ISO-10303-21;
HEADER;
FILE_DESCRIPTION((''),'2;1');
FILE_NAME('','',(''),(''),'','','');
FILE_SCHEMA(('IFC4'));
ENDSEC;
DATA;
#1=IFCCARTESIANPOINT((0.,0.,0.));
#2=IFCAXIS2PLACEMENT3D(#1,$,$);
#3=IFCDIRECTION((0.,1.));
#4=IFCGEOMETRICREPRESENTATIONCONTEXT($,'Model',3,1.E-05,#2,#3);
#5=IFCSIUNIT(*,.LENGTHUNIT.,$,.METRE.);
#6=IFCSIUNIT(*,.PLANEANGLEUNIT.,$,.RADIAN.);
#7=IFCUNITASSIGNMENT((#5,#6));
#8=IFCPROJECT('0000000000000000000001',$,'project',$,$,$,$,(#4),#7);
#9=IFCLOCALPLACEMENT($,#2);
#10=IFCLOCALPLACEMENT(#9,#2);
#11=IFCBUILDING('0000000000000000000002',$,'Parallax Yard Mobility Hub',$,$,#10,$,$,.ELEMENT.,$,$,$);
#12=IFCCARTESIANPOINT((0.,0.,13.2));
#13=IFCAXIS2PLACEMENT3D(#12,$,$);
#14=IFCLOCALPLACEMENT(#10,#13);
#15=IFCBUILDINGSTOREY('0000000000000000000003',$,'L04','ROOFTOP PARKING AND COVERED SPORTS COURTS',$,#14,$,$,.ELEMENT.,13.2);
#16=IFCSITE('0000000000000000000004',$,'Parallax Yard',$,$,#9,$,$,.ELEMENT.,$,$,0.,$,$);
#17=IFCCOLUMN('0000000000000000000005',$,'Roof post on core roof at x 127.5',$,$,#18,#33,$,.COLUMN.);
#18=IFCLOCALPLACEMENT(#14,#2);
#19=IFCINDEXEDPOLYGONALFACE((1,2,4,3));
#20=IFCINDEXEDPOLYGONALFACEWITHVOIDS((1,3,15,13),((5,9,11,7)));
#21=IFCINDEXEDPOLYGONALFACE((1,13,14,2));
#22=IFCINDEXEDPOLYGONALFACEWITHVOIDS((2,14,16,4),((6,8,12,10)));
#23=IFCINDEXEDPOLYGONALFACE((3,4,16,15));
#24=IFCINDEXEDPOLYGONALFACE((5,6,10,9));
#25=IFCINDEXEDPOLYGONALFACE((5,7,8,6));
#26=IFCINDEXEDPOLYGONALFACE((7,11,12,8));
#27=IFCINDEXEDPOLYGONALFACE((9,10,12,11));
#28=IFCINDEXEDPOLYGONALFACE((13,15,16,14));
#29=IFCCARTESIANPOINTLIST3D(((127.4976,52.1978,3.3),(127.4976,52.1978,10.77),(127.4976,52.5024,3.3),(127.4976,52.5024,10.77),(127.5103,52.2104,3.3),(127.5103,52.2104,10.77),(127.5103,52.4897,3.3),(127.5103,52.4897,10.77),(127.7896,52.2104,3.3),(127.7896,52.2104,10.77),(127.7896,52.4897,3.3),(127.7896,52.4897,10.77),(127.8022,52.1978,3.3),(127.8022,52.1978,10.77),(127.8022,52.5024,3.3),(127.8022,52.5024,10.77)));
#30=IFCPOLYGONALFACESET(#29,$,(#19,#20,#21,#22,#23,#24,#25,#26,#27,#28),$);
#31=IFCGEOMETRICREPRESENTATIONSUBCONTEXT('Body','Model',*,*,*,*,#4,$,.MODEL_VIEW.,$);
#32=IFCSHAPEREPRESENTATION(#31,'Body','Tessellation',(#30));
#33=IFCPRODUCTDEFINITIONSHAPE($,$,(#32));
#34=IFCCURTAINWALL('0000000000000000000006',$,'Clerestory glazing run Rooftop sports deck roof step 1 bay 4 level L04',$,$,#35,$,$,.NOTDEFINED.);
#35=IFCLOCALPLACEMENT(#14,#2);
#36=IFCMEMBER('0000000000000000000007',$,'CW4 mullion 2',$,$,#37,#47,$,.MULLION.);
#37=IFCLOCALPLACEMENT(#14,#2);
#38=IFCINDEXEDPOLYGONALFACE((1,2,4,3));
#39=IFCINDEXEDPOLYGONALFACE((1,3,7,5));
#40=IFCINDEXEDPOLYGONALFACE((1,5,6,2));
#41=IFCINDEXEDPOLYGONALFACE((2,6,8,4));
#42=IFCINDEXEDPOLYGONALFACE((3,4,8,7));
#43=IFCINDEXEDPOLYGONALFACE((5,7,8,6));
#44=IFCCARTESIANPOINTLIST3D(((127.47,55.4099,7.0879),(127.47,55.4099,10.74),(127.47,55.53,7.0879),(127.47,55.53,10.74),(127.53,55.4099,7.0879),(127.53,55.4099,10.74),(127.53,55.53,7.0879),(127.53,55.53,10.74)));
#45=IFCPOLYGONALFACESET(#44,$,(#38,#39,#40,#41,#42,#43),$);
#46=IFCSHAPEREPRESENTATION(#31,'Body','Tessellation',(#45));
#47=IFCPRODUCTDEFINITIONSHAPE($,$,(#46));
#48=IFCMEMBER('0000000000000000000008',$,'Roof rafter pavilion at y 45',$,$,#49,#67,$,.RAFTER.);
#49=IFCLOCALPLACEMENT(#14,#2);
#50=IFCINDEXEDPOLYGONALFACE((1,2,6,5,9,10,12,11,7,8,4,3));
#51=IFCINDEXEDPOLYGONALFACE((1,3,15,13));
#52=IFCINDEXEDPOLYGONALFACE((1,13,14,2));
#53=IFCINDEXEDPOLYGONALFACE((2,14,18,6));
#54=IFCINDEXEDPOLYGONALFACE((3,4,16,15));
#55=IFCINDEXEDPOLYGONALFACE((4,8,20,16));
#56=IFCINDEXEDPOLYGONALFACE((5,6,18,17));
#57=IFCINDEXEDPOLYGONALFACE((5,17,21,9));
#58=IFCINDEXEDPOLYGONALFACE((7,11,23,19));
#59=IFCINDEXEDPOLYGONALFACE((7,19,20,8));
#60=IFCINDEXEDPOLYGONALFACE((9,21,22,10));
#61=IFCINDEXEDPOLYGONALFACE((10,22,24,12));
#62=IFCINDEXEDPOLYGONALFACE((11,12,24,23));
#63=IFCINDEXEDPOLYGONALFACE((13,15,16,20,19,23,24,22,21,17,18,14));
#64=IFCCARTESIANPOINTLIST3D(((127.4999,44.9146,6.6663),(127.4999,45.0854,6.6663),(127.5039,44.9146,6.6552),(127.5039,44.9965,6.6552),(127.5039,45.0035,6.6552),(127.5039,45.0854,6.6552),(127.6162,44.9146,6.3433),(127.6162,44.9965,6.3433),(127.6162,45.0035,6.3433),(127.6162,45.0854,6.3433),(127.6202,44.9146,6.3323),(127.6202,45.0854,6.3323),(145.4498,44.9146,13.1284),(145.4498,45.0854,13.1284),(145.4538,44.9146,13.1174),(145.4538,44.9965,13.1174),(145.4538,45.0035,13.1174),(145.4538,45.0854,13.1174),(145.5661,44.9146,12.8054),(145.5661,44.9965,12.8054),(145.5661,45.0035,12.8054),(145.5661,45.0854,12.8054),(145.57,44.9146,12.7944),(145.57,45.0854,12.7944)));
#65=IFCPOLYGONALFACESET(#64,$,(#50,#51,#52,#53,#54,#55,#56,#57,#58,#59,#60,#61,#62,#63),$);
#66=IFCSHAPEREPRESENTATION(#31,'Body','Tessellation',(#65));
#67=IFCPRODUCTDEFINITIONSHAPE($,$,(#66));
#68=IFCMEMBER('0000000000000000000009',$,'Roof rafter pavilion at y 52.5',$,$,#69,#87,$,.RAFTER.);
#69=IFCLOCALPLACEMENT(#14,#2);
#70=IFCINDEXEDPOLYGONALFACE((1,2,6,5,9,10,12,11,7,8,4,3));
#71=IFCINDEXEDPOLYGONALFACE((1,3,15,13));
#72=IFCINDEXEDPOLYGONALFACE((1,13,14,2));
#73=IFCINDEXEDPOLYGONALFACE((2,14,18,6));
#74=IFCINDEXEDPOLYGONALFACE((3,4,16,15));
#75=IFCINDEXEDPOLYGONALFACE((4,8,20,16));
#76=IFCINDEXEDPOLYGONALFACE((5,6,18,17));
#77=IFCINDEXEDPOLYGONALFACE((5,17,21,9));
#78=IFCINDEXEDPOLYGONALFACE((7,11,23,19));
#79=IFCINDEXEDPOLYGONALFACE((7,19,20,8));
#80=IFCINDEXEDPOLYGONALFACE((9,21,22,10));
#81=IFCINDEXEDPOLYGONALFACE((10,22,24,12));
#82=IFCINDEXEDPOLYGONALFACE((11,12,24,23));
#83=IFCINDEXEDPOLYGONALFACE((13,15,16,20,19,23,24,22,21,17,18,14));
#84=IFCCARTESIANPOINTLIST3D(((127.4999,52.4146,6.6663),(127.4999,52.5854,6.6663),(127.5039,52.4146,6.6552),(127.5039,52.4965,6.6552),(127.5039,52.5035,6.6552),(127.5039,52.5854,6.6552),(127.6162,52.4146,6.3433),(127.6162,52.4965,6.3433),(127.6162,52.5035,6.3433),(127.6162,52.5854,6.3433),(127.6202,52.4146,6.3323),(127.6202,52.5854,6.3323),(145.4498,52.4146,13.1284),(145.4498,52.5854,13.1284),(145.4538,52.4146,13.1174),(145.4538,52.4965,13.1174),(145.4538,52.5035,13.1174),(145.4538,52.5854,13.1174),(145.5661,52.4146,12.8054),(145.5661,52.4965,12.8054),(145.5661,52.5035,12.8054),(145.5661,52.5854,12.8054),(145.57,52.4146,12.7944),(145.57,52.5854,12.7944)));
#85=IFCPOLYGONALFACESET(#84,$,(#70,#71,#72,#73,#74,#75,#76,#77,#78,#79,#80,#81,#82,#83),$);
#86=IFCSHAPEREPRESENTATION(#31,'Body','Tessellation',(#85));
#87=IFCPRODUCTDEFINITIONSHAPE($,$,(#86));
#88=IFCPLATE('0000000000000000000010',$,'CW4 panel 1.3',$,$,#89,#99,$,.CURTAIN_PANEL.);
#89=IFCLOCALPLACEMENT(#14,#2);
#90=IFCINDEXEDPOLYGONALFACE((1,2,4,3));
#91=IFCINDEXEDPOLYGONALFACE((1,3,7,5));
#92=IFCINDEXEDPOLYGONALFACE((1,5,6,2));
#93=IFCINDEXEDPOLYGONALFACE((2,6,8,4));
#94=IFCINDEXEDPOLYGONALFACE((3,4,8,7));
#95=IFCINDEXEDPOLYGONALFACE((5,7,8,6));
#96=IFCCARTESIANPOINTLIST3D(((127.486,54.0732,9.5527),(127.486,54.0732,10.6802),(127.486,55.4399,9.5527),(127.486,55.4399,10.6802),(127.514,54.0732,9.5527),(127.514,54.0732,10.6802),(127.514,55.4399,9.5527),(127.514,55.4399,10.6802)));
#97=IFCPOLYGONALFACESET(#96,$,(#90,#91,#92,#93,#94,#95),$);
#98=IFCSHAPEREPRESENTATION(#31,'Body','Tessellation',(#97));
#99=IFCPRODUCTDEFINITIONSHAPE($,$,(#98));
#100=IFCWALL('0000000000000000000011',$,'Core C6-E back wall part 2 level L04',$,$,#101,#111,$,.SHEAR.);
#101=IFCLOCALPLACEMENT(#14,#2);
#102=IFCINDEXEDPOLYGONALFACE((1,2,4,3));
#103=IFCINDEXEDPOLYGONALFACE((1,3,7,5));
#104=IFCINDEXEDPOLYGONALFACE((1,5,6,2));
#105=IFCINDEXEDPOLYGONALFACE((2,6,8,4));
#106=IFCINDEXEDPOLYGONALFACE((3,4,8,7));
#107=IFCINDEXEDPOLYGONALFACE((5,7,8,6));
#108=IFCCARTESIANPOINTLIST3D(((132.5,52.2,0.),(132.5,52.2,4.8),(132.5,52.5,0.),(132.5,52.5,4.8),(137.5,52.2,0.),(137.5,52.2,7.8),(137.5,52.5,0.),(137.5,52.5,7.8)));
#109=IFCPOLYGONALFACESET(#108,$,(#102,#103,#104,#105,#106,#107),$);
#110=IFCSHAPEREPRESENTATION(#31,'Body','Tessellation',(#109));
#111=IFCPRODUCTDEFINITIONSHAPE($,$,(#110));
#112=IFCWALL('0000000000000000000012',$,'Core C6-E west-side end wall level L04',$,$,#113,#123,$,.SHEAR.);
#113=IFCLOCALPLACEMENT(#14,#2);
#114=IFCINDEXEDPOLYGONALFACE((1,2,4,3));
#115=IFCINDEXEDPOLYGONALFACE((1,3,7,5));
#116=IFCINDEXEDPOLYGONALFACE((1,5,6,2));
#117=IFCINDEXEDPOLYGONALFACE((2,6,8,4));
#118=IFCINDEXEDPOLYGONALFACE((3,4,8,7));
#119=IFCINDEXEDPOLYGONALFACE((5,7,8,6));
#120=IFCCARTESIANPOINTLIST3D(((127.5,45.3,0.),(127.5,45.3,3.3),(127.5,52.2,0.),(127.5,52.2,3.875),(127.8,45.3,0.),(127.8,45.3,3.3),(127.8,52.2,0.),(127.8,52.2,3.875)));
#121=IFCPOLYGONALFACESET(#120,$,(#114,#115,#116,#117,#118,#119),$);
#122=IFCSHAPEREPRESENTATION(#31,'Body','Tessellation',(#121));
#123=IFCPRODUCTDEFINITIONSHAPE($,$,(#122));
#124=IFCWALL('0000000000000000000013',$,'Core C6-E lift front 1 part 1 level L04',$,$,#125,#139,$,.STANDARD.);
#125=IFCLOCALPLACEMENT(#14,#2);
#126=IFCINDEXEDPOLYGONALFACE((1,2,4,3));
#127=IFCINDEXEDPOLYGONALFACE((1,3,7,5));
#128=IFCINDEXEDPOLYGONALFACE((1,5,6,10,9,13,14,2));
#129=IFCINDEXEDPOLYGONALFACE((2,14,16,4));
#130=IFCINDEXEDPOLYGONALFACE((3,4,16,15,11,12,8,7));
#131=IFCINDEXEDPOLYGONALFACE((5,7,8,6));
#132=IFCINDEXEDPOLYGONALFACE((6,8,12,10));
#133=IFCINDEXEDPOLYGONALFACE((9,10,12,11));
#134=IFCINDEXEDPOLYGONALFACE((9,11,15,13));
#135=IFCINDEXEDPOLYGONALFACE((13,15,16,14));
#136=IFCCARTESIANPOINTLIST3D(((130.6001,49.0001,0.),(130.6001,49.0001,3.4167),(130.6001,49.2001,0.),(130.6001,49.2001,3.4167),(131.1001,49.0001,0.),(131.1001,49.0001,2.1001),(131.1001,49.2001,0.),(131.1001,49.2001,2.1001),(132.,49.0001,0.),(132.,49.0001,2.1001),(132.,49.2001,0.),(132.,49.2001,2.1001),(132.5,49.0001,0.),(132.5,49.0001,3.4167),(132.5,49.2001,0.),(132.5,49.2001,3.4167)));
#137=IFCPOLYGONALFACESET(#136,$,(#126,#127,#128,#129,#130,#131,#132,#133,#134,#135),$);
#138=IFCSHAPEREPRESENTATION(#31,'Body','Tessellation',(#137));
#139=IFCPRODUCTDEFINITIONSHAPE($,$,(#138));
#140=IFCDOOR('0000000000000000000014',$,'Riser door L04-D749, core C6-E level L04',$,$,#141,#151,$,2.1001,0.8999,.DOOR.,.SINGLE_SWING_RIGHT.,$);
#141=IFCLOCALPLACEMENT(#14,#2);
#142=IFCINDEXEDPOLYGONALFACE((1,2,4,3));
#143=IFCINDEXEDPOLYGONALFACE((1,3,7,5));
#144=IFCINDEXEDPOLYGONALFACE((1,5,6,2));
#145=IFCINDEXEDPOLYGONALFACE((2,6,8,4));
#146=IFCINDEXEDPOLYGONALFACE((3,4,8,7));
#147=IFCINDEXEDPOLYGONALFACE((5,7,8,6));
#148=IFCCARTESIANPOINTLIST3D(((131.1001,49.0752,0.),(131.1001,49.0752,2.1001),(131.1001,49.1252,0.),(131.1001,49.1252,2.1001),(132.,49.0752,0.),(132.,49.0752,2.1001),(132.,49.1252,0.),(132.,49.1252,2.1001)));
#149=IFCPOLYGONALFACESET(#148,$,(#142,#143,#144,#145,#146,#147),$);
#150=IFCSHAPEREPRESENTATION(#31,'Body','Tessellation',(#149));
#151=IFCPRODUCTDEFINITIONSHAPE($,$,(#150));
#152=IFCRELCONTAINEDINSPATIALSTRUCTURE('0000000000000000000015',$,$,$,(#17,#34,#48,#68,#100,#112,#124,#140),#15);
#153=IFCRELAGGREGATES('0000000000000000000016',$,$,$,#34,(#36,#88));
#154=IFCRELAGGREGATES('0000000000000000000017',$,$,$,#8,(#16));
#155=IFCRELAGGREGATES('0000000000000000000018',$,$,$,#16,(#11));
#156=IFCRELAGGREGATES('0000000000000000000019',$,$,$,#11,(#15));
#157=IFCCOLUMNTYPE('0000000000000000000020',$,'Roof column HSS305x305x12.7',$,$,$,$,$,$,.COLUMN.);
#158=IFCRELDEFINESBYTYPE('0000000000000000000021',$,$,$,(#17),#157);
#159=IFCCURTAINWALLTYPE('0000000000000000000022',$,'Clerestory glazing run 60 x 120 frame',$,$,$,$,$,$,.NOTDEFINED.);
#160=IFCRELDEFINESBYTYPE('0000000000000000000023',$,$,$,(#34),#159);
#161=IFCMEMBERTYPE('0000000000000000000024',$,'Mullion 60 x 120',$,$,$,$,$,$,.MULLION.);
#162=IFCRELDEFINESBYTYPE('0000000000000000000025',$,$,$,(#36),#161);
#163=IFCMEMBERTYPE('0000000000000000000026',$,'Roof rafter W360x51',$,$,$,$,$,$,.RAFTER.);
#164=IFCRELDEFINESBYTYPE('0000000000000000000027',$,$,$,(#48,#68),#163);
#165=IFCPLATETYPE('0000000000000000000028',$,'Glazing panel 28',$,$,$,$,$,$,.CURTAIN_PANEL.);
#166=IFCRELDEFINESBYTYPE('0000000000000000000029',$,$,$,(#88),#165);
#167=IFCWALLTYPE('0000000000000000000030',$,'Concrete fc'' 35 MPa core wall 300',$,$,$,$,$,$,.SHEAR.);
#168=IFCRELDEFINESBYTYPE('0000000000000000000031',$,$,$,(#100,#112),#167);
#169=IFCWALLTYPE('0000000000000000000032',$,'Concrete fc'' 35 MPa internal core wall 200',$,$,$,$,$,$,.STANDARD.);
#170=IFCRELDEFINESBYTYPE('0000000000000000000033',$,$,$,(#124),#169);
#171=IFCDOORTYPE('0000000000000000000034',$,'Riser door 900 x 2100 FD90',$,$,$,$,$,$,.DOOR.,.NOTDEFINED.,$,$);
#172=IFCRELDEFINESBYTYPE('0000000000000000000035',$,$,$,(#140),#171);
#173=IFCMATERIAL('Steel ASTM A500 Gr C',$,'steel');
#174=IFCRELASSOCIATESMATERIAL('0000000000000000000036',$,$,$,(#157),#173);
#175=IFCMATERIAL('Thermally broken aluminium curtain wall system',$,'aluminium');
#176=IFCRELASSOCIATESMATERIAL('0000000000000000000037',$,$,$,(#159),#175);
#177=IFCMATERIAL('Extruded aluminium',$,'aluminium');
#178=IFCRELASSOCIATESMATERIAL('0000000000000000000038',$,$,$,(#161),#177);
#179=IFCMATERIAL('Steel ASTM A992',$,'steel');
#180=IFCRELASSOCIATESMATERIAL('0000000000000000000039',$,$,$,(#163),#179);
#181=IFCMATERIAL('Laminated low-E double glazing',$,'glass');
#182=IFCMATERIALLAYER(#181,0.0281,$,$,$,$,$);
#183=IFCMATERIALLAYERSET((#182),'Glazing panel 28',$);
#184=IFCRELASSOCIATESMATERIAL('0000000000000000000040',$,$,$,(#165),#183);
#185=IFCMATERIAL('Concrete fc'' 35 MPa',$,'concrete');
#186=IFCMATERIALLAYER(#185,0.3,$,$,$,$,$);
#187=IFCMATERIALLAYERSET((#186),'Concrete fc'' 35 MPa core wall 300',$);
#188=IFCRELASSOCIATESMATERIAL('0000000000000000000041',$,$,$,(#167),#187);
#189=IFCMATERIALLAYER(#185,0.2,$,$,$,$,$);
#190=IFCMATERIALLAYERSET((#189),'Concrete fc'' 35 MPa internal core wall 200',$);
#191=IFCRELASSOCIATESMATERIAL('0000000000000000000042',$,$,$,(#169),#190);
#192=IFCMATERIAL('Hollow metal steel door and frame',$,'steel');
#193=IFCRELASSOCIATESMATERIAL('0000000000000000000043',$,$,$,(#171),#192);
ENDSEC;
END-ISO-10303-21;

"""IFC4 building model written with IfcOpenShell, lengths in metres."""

from ifc_helpers import new_model, si_unit, direction, frame, frame_2d, origin, origin_2d, place, context, subcontext, project, spatial, polyline, rectangle, hollow_rectangle, i_section, outline, extrude, material, layer, layer_set, material_profile, profile_set, type_object, element, fill, aggregate, save


model = new_model("IFC4")

# Units and contexts
model_context = context("Model", 3, precision=1e-05, world=origin(), true_north=direction((0.0, 1.0)))
body_context = subcontext(model_context, "Body", "Model", "MODEL_VIEW")
ifc_project = project(units=[si_unit("LENGTHUNIT", "METRE"), si_unit("PLANEANGLEUNIT", "RADIAN")], contexts=[model_context])

# Site, building, storey
site_placement = place(None, origin())
site = spatial("IfcSite", under=ifc_project, at=site_placement, Name="Parallax Yard", CompositionType="ELEMENT", RefElevation=0.0)
building_placement = place(site_placement, origin())
building = spatial("IfcBuilding", under=site, at=building_placement, Name="Parallax Yard Mobility Hub", CompositionType="ELEMENT")
storey_placement = place(building_placement, frame((0.0, 0.0, 13.2)))
storey = spatial("IfcBuildingStorey", under=building, at=storey_placement, Name="L04", Description="ROOFTOP PARKING AND COVERED SPORTS COURTS", CompositionType="ELEMENT", Elevation=13.2)

# Column
ifc_material_1 = material(Name="Steel ASTM A500 Gr C", Category="steel")
ifc_material_profile_1 = material_profile(ifc_material_1, hollow_rectangle(XDim=0.3047, YDim=0.3047, WallThickness=0.0127, at=origin_2d()), Name="HSS305x305x12.7")
ifc_profile_set_1 = profile_set([ifc_material_profile_1], Name="Steel ASTM A500 Gr C")
column_type = type_object("IfcColumnType", Name="Roof column HSS305x305x12.7", PredefinedType="COLUMN", material=ifc_profile_set_1)
column_placement = place(storey_placement, frame((127.6499, 52.3501, 3.3), z_axis=(0.0, 0.0, 1.0), x_axis=(1.0, 0.0, 0.0)))
element("IfcColumn", 1, at=column_placement, inside=storey, type_object=column_type, Name="Roof post on core roof at x 127.5", PredefinedType="COLUMN", context=body_context, shape_type="SweptSolid", body=[
    extrude(hollow_rectangle(XDim=0.3047, YDim=0.3047, WallThickness=0.0127, at=origin_2d()), origin(), (0.0, 0.0, 1.0), 7.47),
])

# Curtain wall, member
ifc_material_2 = material(Name="Thermally broken aluminium curtain wall system", Category="aluminium")
curtain_wall_type = type_object("IfcCurtainWallType", Name="Clerestory glazing run 60 x 120 frame", PredefinedType="NOTDEFINED", material=ifc_material_2)
curtain_wall_placement = place(storey_placement, origin())
curtain_wall = element("IfcCurtainWall", 2, at=curtain_wall_placement, inside=storey, type_object=curtain_wall_type, Name="Clerestory glazing run Rooftop sports deck roof step 1 bay 4 level L04", PredefinedType="NOTDEFINED")
ifc_material_3 = material(Name="Extruded aluminium", Category="aluminium")
ifc_material_profile_2 = material_profile(ifc_material_3, rectangle(XDim=0.0601, YDim=0.1201, at=origin_2d()), Name="Mullion 60 x 120")
ifc_profile_set_2 = profile_set([ifc_material_profile_2], Name="Extruded aluminium")
member_type_1 = type_object("IfcMemberType", Name="Mullion 60 x 120", PredefinedType="MULLION", material=ifc_profile_set_2)
member_placement = place(storey_placement, frame((127.5, 55.47, 7.0879), z_axis=(0.0, 0.0, 1.0), x_axis=(-1.0, 0.0, 0.0)))
member = element("IfcMember", 3, at=member_placement, type_object=member_type_1, Name="CW4 mullion 2", PredefinedType="MULLION", context=body_context, shape_type="SweptSolid", body=[
    extrude(rectangle(XDim=0.0601, YDim=0.1201, at=origin_2d()), origin(), (0.0, 0.0, 1.0), 3.6521),
])

# Members
ifc_material_4 = material(Name="Steel ASTM A992", Category="steel")
ifc_material_profile_3 = material_profile(ifc_material_4, i_section(OverallWidth=0.1709, OverallDepth=0.355, WebThickness=0.0071, FlangeThickness=0.0117, at=origin_2d()), Name="W360x51")
ifc_profile_set_3 = profile_set([ifc_material_profile_3], Name="Steel ASTM A992")
member_type_2 = type_object("IfcMemberType", Name="Roof rafter W360x51", PredefinedType="RAFTER", material=ifc_profile_set_3)
for number, where, z_axis, x_axis, name in (
    (4, (127.5601, 45.0, 6.4993), (0.940884, 0.0, 0.338728), (0.0, 1.0, 0.0), "Roof rafter pavilion at y 45"),
    (5, (127.5601, 52.5, 6.4993), (0.940884, 0.0, 0.338728), (0.0, 1.0, 0.0), "Roof rafter pavilion at y 52.5"),
):
    element("IfcMember", number, at=place(storey_placement, frame(where, z_axis=z_axis, x_axis=x_axis)), inside=storey, type_object=member_type_2, Name=name, PredefinedType="RAFTER", context=body_context, shape_type="SweptSolid", body=[
        extrude(i_section(OverallWidth=0.1709, OverallDepth=0.355, WebThickness=0.0071, FlangeThickness=0.0117, at=origin_2d()), origin(), (0.0, 0.0, 1.0), 19.0776),
    ])

# Plate
ifc_material_5 = material(Name="Laminated low-E double glazing", Category="glass")
ifc_layer_1 = layer(ifc_material_5, 0.0281)
ifc_layer_set_1 = layer_set([ifc_layer_1], Name="Glazing panel 28")
plate_type = type_object("IfcPlateType", Name="Glazing panel 28", PredefinedType="CURTAIN_PANEL", material=ifc_layer_set_1)
plate_placement = place(storey_placement, frame((127.5, 54.7566, 9.5527), z_axis=(0.0, 0.0, 1.0), x_axis=(0.0, 1.0, 0.0)))
plate = element("IfcPlate", 6, at=plate_placement, type_object=plate_type, Name="CW4 panel 1.3", PredefinedType="CURTAIN_PANEL", context=body_context, shape_type="SweptSolid", body=[
    extrude(rectangle(XDim=1.3667, YDim=0.0281, at=origin_2d()), origin(), (0.0, 0.0, 1.0), 1.1274),
])
aggregate(curtain_wall, [member, plate])

# Walls
ifc_material_6 = material(Name="Concrete fc' 35 MPa", Category="concrete")
ifc_layer_2 = layer(ifc_material_6, 0.3)
ifc_layer_set_2 = layer_set([ifc_layer_2], Name="Concrete fc' 35 MPa core wall 300")
wall_type_1 = type_object("IfcWallType", Name="Concrete fc' 35 MPa core wall 300", PredefinedType="SHEAR", material=ifc_layer_set_2)
wall_1_placement = place(storey_placement, frame((132.5, 52.3501, 0.0), z_axis=(0.0, 0.0, 1.0), x_axis=(1.0, 0.0, 0.0)))
element("IfcWall", 7, at=wall_1_placement, inside=storey, type_object=wall_type_1, Name="Core C6-E back wall part 2 level L04", PredefinedType="SHEAR", context=body_context, shape_type="SweptSolid", body=[
    extrude(outline(polyline([(0.0, 0.0), (5.0, 0.0), (5.0, 7.8), (0.0, 4.8), (0.0, 0.0)])), frame((0.0, 0.1499, 0.0), z_axis=(0.0, -1.0, 0.0), x_axis=(1.0, 0.0, 0.0)), (0.0, 0.0, 1.0), 0.3),
])
wall_2_placement = place(storey_placement, frame((127.6499, 45.3, 0.0), z_axis=(0.0, 0.0, 1.0), x_axis=(0.0, 1.0, 0.0)))
element("IfcWall", 8, at=wall_2_placement, inside=storey, type_object=wall_type_1, Name="Core C6-E west-side end wall level L04", PredefinedType="SHEAR", context=body_context, shape_type="SweptSolid", body=[
    extrude(outline(polyline([(0.0, 0.0), (6.8999, 0.0), (6.8999, 3.875), (0.0, 3.3), (0.0, 0.0)])), frame((0.0, 0.1499, 0.0), z_axis=(0.0, -1.0, 0.0), x_axis=(1.0, 0.0, 0.0)), (0.0, 0.0, 1.0), 0.3),
])

# Wall, opening, door
ifc_layer_3 = layer(ifc_material_6, 0.2)
ifc_layer_set_3 = layer_set([ifc_layer_3], Name="Concrete fc' 35 MPa internal core wall 200")
wall_type_2 = type_object("IfcWallType", Name="Concrete fc' 35 MPa internal core wall 200", PredefinedType="STANDARD", material=ifc_layer_set_3)
wall_3_placement = place(storey_placement, frame((132.5, 49.1001, 0.0), z_axis=(0.0, 0.0, 1.0), x_axis=(-1.0, 0.0, 0.0)))
wall_3 = element("IfcWall", 9, at=wall_3_placement, inside=storey, type_object=wall_type_2, Name="Core C6-E lift front 1 part 1 level L04", PredefinedType="STANDARD", context=body_context, shape_type="SweptSolid", body=[
    extrude(rectangle(XDim=1.8999, YDim=0.2, at=frame_2d((0.95, 0.0))), origin(), (0.0, 0.0, 1.0), 3.4167),
])
opening_1_placement = place(wall_3_placement, frame((0.5, 0.0, 0.0)))
opening_1 = element("IfcOpeningElement", 10, at=opening_1_placement, cuts=wall_3, PredefinedType="OPENING", context=body_context, shape_type="SweptSolid", body=[
    extrude(rectangle(XDim=0.8999, YDim=2.1001, at=frame_2d((0.45, 1.05))), frame((0.0, 0.1099, 0.0), z_axis=(0.0, -1.0, 0.0), x_axis=(1.0, 0.0, 0.0)), (0.0, 0.0, 1.0), 0.22),
])
ifc_material_7 = material(Name="Hollow metal steel door and frame", Category="steel")
door_type_1 = type_object("IfcDoorType", Name="Riser door 900 x 2100 FD90", OperationType="NOTDEFINED", PredefinedType="DOOR", material=ifc_material_7)
door_1_placement = place(opening_1_placement, origin())
door_1 = element("IfcDoor", 11, at=door_1_placement, inside=storey, type_object=door_type_1, Name="Riser door L04-D749, core C6-E level L04", OperationType="SINGLE_SWING_RIGHT", OverallHeight=2.1001, OverallWidth=0.8999, PredefinedType="DOOR", context=body_context, shape_type="SweptSolid", body=[
    extrude(rectangle(XDim=0.8999, YDim=2.1001, at=frame_2d((0.45, 1.05))), frame((0.0, 0.0249, 0.0), z_axis=(0.0, -1.0, 0.0), x_axis=(1.0, 0.0, 0.0)), (0.0, 0.0, 1.0), 0.05),
])
fill(opening_1, door_1)

save(model, "model.ifc")
